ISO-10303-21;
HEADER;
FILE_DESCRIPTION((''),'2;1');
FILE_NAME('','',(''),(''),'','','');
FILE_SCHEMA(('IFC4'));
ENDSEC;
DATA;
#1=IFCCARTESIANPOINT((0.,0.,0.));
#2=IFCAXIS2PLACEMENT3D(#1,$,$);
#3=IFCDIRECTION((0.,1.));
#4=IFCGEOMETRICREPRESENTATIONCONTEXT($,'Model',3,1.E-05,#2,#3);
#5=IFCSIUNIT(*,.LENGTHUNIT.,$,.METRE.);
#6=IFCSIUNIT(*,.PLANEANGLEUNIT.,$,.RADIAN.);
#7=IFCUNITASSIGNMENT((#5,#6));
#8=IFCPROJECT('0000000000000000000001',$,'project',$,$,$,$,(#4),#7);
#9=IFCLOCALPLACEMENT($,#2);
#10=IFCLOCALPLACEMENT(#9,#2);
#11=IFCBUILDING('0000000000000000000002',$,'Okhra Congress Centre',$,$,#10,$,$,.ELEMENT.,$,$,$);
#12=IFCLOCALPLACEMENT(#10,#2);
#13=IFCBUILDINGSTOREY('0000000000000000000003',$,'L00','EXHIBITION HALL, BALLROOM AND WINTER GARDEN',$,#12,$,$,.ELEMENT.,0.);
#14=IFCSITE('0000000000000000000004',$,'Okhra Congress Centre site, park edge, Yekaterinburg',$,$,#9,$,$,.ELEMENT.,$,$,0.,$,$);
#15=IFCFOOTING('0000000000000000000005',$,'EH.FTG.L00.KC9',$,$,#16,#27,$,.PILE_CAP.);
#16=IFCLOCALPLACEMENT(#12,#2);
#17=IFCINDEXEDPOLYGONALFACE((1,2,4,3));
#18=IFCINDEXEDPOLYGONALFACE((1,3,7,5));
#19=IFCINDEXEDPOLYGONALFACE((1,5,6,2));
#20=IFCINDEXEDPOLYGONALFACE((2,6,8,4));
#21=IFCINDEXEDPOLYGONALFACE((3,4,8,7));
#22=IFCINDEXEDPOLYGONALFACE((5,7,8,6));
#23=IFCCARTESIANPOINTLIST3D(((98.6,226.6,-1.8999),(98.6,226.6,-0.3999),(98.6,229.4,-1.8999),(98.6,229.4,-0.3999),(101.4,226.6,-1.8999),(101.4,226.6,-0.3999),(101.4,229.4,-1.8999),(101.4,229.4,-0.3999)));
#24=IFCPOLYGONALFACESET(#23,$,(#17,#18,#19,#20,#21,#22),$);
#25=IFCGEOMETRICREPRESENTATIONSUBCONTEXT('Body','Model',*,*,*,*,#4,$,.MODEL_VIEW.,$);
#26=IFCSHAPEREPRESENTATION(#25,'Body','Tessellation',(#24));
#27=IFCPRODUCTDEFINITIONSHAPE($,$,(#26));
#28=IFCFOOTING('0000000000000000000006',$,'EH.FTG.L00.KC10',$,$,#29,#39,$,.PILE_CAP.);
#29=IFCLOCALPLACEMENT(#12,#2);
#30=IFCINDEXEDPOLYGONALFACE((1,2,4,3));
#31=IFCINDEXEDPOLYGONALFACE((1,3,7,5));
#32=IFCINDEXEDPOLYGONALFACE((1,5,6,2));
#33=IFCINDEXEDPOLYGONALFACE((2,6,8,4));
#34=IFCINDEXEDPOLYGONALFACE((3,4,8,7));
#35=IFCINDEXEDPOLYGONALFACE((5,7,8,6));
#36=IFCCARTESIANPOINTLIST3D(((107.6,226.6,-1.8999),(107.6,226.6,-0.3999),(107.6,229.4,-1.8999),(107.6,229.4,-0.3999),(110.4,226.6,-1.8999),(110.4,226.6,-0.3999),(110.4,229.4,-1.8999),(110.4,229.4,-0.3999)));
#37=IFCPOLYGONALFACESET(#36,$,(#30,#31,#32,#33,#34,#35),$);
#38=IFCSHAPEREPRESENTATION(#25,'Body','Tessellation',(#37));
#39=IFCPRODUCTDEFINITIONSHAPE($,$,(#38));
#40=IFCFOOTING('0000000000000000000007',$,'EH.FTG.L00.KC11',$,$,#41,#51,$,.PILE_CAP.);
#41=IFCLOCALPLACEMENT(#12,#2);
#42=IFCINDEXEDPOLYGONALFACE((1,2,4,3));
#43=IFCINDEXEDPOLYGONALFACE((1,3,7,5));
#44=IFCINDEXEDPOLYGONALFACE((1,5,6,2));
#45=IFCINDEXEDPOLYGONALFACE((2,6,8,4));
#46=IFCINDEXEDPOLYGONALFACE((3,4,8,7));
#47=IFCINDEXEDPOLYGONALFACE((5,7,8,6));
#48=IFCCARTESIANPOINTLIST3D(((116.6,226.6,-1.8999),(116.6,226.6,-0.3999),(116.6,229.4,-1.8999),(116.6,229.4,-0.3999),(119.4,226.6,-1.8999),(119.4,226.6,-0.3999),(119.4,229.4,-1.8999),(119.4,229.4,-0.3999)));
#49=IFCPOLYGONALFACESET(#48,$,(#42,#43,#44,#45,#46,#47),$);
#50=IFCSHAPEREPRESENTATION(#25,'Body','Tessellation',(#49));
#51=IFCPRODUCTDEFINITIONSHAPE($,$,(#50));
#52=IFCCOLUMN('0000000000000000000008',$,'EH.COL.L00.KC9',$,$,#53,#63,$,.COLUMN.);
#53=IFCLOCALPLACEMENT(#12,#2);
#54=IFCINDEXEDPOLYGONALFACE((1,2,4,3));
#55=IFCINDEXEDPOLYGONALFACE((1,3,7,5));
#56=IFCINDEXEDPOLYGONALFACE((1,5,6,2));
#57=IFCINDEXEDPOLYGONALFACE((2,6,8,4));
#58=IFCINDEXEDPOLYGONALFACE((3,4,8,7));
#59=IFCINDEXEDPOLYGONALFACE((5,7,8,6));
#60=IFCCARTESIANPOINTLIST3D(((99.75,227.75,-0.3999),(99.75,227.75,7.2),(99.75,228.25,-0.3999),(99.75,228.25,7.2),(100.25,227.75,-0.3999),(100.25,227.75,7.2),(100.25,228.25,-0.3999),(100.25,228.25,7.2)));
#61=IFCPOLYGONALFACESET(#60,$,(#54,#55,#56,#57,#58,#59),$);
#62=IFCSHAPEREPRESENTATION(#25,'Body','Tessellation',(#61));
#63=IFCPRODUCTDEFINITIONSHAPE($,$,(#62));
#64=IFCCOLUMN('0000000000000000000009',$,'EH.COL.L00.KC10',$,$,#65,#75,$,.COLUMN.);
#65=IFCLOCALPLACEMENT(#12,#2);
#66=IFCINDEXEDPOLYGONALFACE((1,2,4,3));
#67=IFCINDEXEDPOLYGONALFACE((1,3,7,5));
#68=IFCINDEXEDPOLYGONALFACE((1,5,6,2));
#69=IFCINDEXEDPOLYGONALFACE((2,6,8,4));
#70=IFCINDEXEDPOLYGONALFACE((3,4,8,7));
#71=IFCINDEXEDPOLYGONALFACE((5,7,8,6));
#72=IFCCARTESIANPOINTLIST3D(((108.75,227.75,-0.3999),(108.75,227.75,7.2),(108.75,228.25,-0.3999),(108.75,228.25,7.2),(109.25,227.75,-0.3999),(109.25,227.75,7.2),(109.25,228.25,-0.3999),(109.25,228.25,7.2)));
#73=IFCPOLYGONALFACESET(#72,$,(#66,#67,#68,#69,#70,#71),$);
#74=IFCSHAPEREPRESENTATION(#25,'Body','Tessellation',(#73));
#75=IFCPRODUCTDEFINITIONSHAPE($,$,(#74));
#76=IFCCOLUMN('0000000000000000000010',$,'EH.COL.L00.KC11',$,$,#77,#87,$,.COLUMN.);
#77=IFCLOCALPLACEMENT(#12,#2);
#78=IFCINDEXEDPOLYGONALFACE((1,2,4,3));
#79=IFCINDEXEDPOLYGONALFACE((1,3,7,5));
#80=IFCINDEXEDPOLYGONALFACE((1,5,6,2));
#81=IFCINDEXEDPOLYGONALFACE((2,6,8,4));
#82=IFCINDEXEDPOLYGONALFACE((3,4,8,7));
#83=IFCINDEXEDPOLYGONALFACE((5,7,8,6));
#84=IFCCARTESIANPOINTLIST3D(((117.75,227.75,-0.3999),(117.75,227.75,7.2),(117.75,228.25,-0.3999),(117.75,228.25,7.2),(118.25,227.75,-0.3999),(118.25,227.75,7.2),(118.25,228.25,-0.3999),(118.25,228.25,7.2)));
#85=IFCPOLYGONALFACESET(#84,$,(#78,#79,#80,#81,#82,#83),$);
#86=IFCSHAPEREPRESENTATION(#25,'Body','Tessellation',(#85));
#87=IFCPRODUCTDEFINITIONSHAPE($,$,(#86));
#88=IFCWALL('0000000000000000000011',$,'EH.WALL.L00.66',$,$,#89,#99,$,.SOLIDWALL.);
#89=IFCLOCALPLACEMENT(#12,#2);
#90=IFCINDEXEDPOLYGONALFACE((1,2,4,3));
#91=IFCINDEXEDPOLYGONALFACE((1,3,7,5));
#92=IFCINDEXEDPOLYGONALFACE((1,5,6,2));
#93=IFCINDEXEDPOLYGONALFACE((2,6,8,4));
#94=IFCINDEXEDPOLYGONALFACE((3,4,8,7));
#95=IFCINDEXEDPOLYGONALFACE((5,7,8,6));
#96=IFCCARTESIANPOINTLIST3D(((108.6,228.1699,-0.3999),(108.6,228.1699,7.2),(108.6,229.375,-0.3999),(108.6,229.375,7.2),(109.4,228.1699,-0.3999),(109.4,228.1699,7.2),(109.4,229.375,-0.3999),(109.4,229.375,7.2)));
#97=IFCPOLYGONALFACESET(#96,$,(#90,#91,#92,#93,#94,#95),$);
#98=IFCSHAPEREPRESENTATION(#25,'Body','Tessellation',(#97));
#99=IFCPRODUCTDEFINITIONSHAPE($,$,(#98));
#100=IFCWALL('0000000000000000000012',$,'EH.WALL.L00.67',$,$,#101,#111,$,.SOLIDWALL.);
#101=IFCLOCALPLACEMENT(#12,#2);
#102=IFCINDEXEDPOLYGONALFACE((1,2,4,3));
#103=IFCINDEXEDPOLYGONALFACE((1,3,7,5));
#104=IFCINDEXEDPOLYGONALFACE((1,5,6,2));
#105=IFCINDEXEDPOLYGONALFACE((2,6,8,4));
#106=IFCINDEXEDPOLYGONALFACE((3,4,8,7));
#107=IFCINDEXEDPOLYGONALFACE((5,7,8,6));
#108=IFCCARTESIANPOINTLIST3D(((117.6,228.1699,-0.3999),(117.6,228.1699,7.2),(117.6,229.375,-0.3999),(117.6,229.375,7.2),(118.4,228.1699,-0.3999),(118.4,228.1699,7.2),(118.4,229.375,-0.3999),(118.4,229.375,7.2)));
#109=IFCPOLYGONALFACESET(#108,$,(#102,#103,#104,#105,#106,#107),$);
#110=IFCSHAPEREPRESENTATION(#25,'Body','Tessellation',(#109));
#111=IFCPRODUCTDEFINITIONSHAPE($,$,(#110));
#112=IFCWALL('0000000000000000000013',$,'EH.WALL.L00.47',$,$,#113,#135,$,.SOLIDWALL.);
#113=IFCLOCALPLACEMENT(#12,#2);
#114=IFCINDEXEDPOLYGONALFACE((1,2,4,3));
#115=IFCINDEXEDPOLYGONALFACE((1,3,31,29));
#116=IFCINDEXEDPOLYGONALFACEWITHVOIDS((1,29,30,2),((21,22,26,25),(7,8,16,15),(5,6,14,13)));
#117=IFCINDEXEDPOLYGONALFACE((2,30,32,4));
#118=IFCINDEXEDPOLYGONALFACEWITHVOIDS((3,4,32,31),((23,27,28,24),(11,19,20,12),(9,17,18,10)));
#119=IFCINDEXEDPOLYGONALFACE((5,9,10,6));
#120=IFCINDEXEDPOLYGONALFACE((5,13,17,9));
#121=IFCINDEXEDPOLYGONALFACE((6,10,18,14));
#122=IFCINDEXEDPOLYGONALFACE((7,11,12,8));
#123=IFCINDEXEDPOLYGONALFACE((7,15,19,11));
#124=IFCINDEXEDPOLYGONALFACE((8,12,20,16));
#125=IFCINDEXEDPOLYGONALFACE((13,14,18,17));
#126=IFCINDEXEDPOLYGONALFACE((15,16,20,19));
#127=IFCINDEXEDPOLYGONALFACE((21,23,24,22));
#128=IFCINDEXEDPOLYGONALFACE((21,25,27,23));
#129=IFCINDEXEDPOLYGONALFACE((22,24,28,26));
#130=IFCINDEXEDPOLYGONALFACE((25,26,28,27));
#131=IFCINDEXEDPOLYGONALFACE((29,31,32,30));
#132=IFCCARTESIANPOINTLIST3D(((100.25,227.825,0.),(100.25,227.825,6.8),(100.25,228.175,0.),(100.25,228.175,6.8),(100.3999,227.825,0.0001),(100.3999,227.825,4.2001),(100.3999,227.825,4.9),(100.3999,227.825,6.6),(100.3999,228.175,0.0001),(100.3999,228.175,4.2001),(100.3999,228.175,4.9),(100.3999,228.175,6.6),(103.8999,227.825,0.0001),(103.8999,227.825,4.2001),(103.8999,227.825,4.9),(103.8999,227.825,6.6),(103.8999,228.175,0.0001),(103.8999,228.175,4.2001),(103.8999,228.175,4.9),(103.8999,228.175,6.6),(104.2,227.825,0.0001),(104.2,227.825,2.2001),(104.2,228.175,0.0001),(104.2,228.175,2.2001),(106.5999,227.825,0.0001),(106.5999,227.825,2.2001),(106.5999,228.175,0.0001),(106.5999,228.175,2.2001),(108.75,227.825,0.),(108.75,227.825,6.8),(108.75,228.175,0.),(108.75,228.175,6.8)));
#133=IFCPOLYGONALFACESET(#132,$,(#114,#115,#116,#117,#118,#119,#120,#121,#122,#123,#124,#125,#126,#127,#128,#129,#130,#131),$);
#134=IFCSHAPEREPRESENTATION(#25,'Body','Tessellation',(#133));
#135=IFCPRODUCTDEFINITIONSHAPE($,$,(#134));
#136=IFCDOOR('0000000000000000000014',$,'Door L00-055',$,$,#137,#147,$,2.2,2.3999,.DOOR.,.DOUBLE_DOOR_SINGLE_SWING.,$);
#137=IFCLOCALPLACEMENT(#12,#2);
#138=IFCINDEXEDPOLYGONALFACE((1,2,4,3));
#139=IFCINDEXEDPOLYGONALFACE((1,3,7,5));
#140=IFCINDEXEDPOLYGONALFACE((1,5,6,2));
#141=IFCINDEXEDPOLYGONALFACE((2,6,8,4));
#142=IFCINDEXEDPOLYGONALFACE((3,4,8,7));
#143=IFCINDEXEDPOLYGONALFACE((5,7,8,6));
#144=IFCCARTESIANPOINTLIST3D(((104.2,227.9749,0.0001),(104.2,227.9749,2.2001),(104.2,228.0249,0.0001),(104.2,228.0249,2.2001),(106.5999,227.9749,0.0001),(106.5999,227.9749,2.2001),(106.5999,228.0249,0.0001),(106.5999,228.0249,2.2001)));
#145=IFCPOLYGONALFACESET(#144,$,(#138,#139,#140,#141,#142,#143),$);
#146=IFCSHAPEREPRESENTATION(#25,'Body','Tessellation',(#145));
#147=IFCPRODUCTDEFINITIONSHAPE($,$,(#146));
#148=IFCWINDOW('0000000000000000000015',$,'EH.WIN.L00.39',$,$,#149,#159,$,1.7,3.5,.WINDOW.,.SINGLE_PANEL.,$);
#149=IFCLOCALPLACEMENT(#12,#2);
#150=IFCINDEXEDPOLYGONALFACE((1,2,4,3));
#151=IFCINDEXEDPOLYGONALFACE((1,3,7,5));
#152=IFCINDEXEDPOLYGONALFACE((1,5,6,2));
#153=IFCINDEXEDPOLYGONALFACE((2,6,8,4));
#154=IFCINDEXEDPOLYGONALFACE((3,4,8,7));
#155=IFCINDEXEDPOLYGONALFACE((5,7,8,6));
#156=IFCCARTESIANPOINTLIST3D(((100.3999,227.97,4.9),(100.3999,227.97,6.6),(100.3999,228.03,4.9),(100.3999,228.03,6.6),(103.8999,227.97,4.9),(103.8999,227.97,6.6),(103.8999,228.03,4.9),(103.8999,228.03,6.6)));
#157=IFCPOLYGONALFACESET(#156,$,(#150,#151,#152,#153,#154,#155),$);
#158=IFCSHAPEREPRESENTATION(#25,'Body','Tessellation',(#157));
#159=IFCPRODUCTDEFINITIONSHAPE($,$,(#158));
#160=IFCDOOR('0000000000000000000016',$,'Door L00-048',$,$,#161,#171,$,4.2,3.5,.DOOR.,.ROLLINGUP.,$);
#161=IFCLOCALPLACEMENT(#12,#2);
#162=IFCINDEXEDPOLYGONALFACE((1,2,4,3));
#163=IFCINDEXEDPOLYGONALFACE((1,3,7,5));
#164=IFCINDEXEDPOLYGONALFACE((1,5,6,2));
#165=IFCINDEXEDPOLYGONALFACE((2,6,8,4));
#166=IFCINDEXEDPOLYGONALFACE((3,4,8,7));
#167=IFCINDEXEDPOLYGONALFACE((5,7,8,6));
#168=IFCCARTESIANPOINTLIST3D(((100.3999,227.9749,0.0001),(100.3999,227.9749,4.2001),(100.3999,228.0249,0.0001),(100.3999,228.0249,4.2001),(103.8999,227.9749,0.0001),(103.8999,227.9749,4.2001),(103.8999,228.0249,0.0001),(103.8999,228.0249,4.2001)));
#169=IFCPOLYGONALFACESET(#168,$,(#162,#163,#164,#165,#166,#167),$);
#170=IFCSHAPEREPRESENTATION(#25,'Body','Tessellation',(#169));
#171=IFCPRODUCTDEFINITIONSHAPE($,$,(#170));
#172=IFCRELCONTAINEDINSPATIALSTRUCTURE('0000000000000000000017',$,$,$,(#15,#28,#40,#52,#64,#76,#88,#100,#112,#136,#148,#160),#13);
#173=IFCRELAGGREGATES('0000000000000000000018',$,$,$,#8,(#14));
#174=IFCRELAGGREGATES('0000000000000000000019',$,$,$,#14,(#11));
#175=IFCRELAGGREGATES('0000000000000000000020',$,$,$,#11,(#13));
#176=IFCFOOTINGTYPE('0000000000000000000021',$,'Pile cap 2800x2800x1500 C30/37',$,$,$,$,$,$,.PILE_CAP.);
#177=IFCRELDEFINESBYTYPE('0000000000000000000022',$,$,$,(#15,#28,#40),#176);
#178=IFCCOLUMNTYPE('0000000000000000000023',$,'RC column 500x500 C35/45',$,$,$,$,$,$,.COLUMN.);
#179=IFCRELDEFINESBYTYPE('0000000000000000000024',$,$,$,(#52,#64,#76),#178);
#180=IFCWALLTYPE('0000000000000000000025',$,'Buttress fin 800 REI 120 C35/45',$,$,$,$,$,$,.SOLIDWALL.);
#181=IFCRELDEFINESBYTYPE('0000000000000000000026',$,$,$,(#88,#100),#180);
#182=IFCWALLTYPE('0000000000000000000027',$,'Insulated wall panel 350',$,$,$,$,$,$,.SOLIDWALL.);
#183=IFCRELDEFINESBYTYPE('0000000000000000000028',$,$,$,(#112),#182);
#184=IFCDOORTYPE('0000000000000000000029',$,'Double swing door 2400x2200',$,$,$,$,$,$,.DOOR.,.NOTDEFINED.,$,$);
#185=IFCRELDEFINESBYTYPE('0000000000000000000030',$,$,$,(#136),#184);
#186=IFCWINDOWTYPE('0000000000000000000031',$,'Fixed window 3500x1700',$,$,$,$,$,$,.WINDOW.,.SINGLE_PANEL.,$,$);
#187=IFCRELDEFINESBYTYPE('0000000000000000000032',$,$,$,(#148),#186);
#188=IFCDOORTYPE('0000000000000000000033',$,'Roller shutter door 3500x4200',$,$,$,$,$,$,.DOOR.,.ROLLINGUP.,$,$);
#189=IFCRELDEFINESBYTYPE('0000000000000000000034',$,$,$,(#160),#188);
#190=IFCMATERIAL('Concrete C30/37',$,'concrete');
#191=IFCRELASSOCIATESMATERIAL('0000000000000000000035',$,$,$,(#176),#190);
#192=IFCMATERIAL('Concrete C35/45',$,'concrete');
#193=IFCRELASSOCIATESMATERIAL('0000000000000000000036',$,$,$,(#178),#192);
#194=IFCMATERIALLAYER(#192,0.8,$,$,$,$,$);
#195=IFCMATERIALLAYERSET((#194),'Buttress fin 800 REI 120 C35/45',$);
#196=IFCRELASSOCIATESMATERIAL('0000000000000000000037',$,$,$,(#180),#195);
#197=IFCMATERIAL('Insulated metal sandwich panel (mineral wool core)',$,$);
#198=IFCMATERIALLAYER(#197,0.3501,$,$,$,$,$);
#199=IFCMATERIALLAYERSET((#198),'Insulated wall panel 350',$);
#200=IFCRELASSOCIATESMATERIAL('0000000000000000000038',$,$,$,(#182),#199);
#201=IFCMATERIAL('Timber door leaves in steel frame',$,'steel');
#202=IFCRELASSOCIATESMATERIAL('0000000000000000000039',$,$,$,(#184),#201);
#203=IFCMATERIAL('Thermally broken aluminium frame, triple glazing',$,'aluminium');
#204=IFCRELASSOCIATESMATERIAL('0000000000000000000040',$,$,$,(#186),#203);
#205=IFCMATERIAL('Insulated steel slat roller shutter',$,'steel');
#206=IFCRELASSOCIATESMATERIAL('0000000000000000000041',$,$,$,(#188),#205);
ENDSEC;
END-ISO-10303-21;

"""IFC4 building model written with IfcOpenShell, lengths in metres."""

from ifc_helpers import new_model, si_unit, direction, frame, frame_2d, origin, origin_2d, place, context, subcontext, project, spatial, rectangle, extrude, material, layer, layer_set, material_profile, profile_set, type_object, element, fill, save


model = new_model("IFC4")

# Units and contexts
model_context = context("Model", 3, precision=1e-05, world=origin(), true_north=direction((0.0, 1.0)))
body_context = subcontext(model_context, "Body", "Model", "MODEL_VIEW")
ifc_project = project(units=[si_unit("LENGTHUNIT", "METRE"), si_unit("PLANEANGLEUNIT", "RADIAN")], contexts=[model_context])

# Site, building, storey
site_placement = place(None, origin())
site = spatial("IfcSite", under=ifc_project, at=site_placement, Name="Okhra Congress Centre site, park edge, Yekaterinburg", CompositionType="ELEMENT", RefElevation=0.0)
building_placement = place(site_placement, origin())
building = spatial("IfcBuilding", under=site, at=building_placement, Name="Okhra Congress Centre", CompositionType="ELEMENT")
storey_placement = place(building_placement, origin())
storey = spatial("IfcBuildingStorey", under=building, at=storey_placement, Name="L00", Description="EXHIBITION HALL, BALLROOM AND WINTER GARDEN", CompositionType="ELEMENT", Elevation=0.0)

# Shared definitions
ifc_material_1 = material(Name="Concrete C30/37", Category="concrete")

# Footings
footing_type_1 = type_object("IfcFootingType", Name="Pile cap 2800x2800x1500 C30/37", PredefinedType="PILE_CAP", material=ifc_material_1)
for number, where, z_axis, x_axis, name in (
    (1, (100.0, 228.0, -1.8999), (0.0, 0.0, 1.0), (1.0, 0.0, 0.0), "EH.FTG.L00.KC9"),
    (2, (109.0, 228.0, -1.8999), (0.0, 0.0, 1.0), (1.0, 0.0, 0.0), "EH.FTG.L00.KC10"),
    (3, (118.0, 228.0, -1.8999), (0.0, 0.0, 1.0), (1.0, 0.0, 0.0), "EH.FTG.L00.KC11"),
):
    element("IfcFooting", number, at=place(storey_placement, frame(where, z_axis=z_axis, x_axis=x_axis)), inside=storey, type_object=footing_type_1, Name=name, PredefinedType="PILE_CAP", context=body_context, shape_type="SweptSolid", body=[
        extrude(rectangle(XDim=2.8, YDim=2.8, at=origin_2d()), origin(), (0.0, 0.0, 1.0), 1.5),
    ])

# Columns
ifc_material_2 = material(Name="Concrete C35/45", Category="concrete")
ifc_material_profile_1 = material_profile(ifc_material_2, rectangle(XDim=0.5, YDim=0.5, at=origin_2d()), Name="RC 500x500")
ifc_profile_set_1 = profile_set([ifc_material_profile_1], Name="Concrete C35/45")
column_type = type_object("IfcColumnType", Name="RC column 500x500 C35/45", PredefinedType="COLUMN", material=ifc_profile_set_1)
for number, where, z_axis, x_axis, name in (
    (4, (100.0, 228.0, -0.3999), (0.0, 0.0, 1.0), (1.0, 0.0, 0.0), "EH.COL.L00.KC9"),
    (5, (109.0, 228.0, -0.3999), (0.0, 0.0, 1.0), (1.0, 0.0, 0.0), "EH.COL.L00.KC10"),
    (6, (118.0, 228.0, -0.3999), (0.0, 0.0, 1.0), (1.0, 0.0, 0.0), "EH.COL.L00.KC11"),
):
    element("IfcColumn", number, at=place(storey_placement, frame(where, z_axis=z_axis, x_axis=x_axis)), inside=storey, type_object=column_type, Name=name, PredefinedType="COLUMN", context=body_context, shape_type="SweptSolid", body=[
        extrude(rectangle(XDim=0.5, YDim=0.5, at=origin_2d()), origin(), (0.0, 0.0, 1.0), 7.5999),
    ])

# Walls
ifc_layer_1 = layer(ifc_material_2, 0.8)
ifc_layer_set_1 = layer_set([ifc_layer_1], Name="Buttress fin 800 REI 120 C35/45")
wall_type_1 = type_object("IfcWallType", Name="Buttress fin 800 REI 120 C35/45", PredefinedType="SOLIDWALL", material=ifc_layer_set_1)
for number, where, z_axis, x_axis, name in (
    (7, (109.0, 228.1699, -0.3999), (0.0, 0.0, 1.0), (0.0, 1.0, 0.0), "EH.WALL.L00.66"),
    (8, (118.0, 228.1699, -0.3999), (0.0, 0.0, 1.0), (0.0, 1.0, 0.0), "EH.WALL.L00.67"),
):
    element("IfcWall", number, at=place(storey_placement, frame(where, z_axis=z_axis, x_axis=x_axis)), inside=storey, type_object=wall_type_1, Name=name, PredefinedType="SOLIDWALL", context=body_context, shape_type="SweptSolid", body=[
        extrude(rectangle(XDim=1.2051, YDim=0.8, at=frame_2d((0.6025, 0.0))), origin(), (0.0, 0.0, 1.0), 7.5999),
    ])

# Wall, openings, doors, window
ifc_material_3 = material(Name="Insulated metal sandwich panel (mineral wool core)")
ifc_layer_2 = layer(ifc_material_3, 0.3501)
ifc_layer_set_2 = layer_set([ifc_layer_2], Name="Insulated wall panel 350")
wall_type_2 = type_object("IfcWallType", Name="Insulated wall panel 350", PredefinedType="SOLIDWALL", material=ifc_layer_set_2)
wall_1_placement = place(storey_placement, frame((100.25, 228.0, 0.0), z_axis=(0.0, 0.0, 1.0), x_axis=(1.0, 0.0, 0.0)))
wall_1 = element("IfcWall", 9, at=wall_1_placement, inside=storey, type_object=wall_type_2, Name="EH.WALL.L00.47", PredefinedType="SOLIDWALL", context=body_context, shape_type="SweptSolid", body=[
    extrude(rectangle(XDim=8.5, YDim=0.3501, at=frame_2d((4.25, 0.0))), origin(), (0.0, 0.0, 1.0), 6.8),
])
opening_1_placement = place(wall_1_placement, frame((0.1499, 0.0, 0.0)))
opening_1 = element("IfcOpeningElement", 10, at=opening_1_placement, cuts=wall_1, PredefinedType="OPENING", context=body_context, shape_type="SweptSolid", body=[
    extrude(rectangle(XDim=3.5, YDim=4.2, at=frame_2d((1.75, 2.1001))), frame((0.0, 0.1851, 0.0), z_axis=(0.0, -1.0, 0.0), x_axis=(1.0, 0.0, 0.0)), (0.0, 0.0, 1.0), 0.3701),
])
opening_2_placement = place(wall_1_placement, frame((0.1499, 0.0, 4.8999)))
opening_2 = element("IfcOpeningElement", 11, at=opening_2_placement, cuts=wall_1, PredefinedType="OPENING", context=body_context, shape_type="SweptSolid", body=[
    extrude(rectangle(XDim=3.5, YDim=1.7, at=frame_2d((1.75, 0.8501))), frame((0.0, 0.1851, 0.0), z_axis=(0.0, -1.0, 0.0), x_axis=(1.0, 0.0, 0.0)), (0.0, 0.0, 1.0), 0.3701),
])
opening_3_placement = place(wall_1_placement, frame((3.95, 0.0, 0.0)))
opening_3 = element("IfcOpeningElement", 12, at=opening_3_placement, cuts=wall_1, PredefinedType="OPENING", context=body_context, shape_type="SweptSolid", body=[
    extrude(rectangle(XDim=2.3999, YDim=2.2, at=frame_2d((1.2, 1.1001))), frame((0.0, 0.1851, 0.0), z_axis=(0.0, -1.0, 0.0), x_axis=(1.0, 0.0, 0.0)), (0.0, 0.0, 1.0), 0.3701),
])
ifc_material_4 = material(Name="Timber door leaves in steel frame", Category="steel")
door_type_1 = type_object("IfcDoorType", Name="Double swing door 2400x2200", OperationType="NOTDEFINED", PredefinedType="DOOR", material=ifc_material_4)
door_1_placement = place(opening_3_placement, origin())
door_1 = element("IfcDoor", 13, at=door_1_placement, inside=storey, type_object=door_type_1, Name="Door L00-055", OperationType="DOUBLE_DOOR_SINGLE_SWING", OverallHeight=2.2, OverallWidth=2.3999, PredefinedType="DOOR", context=body_context, shape_type="SweptSolid", body=[
    extrude(rectangle(XDim=2.3999, YDim=2.2, at=frame_2d((1.2, 1.1001))), frame((0.0, 0.0249, 0.0), z_axis=(0.0, -1.0, 0.0), x_axis=(1.0, 0.0, 0.0)), (0.0, 0.0, 1.0), 0.05),
])
fill(opening_3, door_1)
ifc_material_5 = material(Name="Thermally broken aluminium frame, triple glazing", Category="aluminium")
window_type = type_object("IfcWindowType", Name="Fixed window 3500x1700", PartitioningType="SINGLE_PANEL", PredefinedType="WINDOW", material=ifc_material_5)
window_1_placement = place(opening_2_placement, origin())
window_1 = element("IfcWindow", 14, at=window_1_placement, inside=storey, type_object=window_type, Name="EH.WIN.L00.39", OverallHeight=1.7, OverallWidth=3.5, PartitioningType="SINGLE_PANEL", PredefinedType="WINDOW", context=body_context, shape_type="SweptSolid", body=[
    extrude(rectangle(XDim=3.5, YDim=1.7, at=frame_2d((1.75, 0.8501))), frame((0.0, 0.03, 0.0), z_axis=(0.0, -1.0, 0.0), x_axis=(1.0, 0.0, 0.0)), (0.0, 0.0, 1.0), 0.0601),
])
fill(opening_2, window_1)
ifc_material_6 = material(Name="Insulated steel slat roller shutter", Category="steel")
door_type_2 = type_object("IfcDoorType", Name="Roller shutter door 3500x4200", OperationType="ROLLINGUP", PredefinedType="DOOR", material=ifc_material_6)
door_2_placement = place(opening_1_placement, origin())
door_2 = element("IfcDoor", 15, at=door_2_placement, inside=storey, type_object=door_type_2, Name="Door L00-048", OperationType="ROLLINGUP", OverallHeight=4.2, OverallWidth=3.5, PredefinedType="DOOR", context=body_context, shape_type="SweptSolid", body=[
    extrude(rectangle(XDim=3.5, YDim=4.2, at=frame_2d((1.75, 2.1001))), frame((0.0, 0.0249, 0.0), z_axis=(0.0, -1.0, 0.0), x_axis=(1.0, 0.0, 0.0)), (0.0, 0.0, 1.0), 0.05),
])
fill(opening_1, door_2)

save(model, "model.ifc")
